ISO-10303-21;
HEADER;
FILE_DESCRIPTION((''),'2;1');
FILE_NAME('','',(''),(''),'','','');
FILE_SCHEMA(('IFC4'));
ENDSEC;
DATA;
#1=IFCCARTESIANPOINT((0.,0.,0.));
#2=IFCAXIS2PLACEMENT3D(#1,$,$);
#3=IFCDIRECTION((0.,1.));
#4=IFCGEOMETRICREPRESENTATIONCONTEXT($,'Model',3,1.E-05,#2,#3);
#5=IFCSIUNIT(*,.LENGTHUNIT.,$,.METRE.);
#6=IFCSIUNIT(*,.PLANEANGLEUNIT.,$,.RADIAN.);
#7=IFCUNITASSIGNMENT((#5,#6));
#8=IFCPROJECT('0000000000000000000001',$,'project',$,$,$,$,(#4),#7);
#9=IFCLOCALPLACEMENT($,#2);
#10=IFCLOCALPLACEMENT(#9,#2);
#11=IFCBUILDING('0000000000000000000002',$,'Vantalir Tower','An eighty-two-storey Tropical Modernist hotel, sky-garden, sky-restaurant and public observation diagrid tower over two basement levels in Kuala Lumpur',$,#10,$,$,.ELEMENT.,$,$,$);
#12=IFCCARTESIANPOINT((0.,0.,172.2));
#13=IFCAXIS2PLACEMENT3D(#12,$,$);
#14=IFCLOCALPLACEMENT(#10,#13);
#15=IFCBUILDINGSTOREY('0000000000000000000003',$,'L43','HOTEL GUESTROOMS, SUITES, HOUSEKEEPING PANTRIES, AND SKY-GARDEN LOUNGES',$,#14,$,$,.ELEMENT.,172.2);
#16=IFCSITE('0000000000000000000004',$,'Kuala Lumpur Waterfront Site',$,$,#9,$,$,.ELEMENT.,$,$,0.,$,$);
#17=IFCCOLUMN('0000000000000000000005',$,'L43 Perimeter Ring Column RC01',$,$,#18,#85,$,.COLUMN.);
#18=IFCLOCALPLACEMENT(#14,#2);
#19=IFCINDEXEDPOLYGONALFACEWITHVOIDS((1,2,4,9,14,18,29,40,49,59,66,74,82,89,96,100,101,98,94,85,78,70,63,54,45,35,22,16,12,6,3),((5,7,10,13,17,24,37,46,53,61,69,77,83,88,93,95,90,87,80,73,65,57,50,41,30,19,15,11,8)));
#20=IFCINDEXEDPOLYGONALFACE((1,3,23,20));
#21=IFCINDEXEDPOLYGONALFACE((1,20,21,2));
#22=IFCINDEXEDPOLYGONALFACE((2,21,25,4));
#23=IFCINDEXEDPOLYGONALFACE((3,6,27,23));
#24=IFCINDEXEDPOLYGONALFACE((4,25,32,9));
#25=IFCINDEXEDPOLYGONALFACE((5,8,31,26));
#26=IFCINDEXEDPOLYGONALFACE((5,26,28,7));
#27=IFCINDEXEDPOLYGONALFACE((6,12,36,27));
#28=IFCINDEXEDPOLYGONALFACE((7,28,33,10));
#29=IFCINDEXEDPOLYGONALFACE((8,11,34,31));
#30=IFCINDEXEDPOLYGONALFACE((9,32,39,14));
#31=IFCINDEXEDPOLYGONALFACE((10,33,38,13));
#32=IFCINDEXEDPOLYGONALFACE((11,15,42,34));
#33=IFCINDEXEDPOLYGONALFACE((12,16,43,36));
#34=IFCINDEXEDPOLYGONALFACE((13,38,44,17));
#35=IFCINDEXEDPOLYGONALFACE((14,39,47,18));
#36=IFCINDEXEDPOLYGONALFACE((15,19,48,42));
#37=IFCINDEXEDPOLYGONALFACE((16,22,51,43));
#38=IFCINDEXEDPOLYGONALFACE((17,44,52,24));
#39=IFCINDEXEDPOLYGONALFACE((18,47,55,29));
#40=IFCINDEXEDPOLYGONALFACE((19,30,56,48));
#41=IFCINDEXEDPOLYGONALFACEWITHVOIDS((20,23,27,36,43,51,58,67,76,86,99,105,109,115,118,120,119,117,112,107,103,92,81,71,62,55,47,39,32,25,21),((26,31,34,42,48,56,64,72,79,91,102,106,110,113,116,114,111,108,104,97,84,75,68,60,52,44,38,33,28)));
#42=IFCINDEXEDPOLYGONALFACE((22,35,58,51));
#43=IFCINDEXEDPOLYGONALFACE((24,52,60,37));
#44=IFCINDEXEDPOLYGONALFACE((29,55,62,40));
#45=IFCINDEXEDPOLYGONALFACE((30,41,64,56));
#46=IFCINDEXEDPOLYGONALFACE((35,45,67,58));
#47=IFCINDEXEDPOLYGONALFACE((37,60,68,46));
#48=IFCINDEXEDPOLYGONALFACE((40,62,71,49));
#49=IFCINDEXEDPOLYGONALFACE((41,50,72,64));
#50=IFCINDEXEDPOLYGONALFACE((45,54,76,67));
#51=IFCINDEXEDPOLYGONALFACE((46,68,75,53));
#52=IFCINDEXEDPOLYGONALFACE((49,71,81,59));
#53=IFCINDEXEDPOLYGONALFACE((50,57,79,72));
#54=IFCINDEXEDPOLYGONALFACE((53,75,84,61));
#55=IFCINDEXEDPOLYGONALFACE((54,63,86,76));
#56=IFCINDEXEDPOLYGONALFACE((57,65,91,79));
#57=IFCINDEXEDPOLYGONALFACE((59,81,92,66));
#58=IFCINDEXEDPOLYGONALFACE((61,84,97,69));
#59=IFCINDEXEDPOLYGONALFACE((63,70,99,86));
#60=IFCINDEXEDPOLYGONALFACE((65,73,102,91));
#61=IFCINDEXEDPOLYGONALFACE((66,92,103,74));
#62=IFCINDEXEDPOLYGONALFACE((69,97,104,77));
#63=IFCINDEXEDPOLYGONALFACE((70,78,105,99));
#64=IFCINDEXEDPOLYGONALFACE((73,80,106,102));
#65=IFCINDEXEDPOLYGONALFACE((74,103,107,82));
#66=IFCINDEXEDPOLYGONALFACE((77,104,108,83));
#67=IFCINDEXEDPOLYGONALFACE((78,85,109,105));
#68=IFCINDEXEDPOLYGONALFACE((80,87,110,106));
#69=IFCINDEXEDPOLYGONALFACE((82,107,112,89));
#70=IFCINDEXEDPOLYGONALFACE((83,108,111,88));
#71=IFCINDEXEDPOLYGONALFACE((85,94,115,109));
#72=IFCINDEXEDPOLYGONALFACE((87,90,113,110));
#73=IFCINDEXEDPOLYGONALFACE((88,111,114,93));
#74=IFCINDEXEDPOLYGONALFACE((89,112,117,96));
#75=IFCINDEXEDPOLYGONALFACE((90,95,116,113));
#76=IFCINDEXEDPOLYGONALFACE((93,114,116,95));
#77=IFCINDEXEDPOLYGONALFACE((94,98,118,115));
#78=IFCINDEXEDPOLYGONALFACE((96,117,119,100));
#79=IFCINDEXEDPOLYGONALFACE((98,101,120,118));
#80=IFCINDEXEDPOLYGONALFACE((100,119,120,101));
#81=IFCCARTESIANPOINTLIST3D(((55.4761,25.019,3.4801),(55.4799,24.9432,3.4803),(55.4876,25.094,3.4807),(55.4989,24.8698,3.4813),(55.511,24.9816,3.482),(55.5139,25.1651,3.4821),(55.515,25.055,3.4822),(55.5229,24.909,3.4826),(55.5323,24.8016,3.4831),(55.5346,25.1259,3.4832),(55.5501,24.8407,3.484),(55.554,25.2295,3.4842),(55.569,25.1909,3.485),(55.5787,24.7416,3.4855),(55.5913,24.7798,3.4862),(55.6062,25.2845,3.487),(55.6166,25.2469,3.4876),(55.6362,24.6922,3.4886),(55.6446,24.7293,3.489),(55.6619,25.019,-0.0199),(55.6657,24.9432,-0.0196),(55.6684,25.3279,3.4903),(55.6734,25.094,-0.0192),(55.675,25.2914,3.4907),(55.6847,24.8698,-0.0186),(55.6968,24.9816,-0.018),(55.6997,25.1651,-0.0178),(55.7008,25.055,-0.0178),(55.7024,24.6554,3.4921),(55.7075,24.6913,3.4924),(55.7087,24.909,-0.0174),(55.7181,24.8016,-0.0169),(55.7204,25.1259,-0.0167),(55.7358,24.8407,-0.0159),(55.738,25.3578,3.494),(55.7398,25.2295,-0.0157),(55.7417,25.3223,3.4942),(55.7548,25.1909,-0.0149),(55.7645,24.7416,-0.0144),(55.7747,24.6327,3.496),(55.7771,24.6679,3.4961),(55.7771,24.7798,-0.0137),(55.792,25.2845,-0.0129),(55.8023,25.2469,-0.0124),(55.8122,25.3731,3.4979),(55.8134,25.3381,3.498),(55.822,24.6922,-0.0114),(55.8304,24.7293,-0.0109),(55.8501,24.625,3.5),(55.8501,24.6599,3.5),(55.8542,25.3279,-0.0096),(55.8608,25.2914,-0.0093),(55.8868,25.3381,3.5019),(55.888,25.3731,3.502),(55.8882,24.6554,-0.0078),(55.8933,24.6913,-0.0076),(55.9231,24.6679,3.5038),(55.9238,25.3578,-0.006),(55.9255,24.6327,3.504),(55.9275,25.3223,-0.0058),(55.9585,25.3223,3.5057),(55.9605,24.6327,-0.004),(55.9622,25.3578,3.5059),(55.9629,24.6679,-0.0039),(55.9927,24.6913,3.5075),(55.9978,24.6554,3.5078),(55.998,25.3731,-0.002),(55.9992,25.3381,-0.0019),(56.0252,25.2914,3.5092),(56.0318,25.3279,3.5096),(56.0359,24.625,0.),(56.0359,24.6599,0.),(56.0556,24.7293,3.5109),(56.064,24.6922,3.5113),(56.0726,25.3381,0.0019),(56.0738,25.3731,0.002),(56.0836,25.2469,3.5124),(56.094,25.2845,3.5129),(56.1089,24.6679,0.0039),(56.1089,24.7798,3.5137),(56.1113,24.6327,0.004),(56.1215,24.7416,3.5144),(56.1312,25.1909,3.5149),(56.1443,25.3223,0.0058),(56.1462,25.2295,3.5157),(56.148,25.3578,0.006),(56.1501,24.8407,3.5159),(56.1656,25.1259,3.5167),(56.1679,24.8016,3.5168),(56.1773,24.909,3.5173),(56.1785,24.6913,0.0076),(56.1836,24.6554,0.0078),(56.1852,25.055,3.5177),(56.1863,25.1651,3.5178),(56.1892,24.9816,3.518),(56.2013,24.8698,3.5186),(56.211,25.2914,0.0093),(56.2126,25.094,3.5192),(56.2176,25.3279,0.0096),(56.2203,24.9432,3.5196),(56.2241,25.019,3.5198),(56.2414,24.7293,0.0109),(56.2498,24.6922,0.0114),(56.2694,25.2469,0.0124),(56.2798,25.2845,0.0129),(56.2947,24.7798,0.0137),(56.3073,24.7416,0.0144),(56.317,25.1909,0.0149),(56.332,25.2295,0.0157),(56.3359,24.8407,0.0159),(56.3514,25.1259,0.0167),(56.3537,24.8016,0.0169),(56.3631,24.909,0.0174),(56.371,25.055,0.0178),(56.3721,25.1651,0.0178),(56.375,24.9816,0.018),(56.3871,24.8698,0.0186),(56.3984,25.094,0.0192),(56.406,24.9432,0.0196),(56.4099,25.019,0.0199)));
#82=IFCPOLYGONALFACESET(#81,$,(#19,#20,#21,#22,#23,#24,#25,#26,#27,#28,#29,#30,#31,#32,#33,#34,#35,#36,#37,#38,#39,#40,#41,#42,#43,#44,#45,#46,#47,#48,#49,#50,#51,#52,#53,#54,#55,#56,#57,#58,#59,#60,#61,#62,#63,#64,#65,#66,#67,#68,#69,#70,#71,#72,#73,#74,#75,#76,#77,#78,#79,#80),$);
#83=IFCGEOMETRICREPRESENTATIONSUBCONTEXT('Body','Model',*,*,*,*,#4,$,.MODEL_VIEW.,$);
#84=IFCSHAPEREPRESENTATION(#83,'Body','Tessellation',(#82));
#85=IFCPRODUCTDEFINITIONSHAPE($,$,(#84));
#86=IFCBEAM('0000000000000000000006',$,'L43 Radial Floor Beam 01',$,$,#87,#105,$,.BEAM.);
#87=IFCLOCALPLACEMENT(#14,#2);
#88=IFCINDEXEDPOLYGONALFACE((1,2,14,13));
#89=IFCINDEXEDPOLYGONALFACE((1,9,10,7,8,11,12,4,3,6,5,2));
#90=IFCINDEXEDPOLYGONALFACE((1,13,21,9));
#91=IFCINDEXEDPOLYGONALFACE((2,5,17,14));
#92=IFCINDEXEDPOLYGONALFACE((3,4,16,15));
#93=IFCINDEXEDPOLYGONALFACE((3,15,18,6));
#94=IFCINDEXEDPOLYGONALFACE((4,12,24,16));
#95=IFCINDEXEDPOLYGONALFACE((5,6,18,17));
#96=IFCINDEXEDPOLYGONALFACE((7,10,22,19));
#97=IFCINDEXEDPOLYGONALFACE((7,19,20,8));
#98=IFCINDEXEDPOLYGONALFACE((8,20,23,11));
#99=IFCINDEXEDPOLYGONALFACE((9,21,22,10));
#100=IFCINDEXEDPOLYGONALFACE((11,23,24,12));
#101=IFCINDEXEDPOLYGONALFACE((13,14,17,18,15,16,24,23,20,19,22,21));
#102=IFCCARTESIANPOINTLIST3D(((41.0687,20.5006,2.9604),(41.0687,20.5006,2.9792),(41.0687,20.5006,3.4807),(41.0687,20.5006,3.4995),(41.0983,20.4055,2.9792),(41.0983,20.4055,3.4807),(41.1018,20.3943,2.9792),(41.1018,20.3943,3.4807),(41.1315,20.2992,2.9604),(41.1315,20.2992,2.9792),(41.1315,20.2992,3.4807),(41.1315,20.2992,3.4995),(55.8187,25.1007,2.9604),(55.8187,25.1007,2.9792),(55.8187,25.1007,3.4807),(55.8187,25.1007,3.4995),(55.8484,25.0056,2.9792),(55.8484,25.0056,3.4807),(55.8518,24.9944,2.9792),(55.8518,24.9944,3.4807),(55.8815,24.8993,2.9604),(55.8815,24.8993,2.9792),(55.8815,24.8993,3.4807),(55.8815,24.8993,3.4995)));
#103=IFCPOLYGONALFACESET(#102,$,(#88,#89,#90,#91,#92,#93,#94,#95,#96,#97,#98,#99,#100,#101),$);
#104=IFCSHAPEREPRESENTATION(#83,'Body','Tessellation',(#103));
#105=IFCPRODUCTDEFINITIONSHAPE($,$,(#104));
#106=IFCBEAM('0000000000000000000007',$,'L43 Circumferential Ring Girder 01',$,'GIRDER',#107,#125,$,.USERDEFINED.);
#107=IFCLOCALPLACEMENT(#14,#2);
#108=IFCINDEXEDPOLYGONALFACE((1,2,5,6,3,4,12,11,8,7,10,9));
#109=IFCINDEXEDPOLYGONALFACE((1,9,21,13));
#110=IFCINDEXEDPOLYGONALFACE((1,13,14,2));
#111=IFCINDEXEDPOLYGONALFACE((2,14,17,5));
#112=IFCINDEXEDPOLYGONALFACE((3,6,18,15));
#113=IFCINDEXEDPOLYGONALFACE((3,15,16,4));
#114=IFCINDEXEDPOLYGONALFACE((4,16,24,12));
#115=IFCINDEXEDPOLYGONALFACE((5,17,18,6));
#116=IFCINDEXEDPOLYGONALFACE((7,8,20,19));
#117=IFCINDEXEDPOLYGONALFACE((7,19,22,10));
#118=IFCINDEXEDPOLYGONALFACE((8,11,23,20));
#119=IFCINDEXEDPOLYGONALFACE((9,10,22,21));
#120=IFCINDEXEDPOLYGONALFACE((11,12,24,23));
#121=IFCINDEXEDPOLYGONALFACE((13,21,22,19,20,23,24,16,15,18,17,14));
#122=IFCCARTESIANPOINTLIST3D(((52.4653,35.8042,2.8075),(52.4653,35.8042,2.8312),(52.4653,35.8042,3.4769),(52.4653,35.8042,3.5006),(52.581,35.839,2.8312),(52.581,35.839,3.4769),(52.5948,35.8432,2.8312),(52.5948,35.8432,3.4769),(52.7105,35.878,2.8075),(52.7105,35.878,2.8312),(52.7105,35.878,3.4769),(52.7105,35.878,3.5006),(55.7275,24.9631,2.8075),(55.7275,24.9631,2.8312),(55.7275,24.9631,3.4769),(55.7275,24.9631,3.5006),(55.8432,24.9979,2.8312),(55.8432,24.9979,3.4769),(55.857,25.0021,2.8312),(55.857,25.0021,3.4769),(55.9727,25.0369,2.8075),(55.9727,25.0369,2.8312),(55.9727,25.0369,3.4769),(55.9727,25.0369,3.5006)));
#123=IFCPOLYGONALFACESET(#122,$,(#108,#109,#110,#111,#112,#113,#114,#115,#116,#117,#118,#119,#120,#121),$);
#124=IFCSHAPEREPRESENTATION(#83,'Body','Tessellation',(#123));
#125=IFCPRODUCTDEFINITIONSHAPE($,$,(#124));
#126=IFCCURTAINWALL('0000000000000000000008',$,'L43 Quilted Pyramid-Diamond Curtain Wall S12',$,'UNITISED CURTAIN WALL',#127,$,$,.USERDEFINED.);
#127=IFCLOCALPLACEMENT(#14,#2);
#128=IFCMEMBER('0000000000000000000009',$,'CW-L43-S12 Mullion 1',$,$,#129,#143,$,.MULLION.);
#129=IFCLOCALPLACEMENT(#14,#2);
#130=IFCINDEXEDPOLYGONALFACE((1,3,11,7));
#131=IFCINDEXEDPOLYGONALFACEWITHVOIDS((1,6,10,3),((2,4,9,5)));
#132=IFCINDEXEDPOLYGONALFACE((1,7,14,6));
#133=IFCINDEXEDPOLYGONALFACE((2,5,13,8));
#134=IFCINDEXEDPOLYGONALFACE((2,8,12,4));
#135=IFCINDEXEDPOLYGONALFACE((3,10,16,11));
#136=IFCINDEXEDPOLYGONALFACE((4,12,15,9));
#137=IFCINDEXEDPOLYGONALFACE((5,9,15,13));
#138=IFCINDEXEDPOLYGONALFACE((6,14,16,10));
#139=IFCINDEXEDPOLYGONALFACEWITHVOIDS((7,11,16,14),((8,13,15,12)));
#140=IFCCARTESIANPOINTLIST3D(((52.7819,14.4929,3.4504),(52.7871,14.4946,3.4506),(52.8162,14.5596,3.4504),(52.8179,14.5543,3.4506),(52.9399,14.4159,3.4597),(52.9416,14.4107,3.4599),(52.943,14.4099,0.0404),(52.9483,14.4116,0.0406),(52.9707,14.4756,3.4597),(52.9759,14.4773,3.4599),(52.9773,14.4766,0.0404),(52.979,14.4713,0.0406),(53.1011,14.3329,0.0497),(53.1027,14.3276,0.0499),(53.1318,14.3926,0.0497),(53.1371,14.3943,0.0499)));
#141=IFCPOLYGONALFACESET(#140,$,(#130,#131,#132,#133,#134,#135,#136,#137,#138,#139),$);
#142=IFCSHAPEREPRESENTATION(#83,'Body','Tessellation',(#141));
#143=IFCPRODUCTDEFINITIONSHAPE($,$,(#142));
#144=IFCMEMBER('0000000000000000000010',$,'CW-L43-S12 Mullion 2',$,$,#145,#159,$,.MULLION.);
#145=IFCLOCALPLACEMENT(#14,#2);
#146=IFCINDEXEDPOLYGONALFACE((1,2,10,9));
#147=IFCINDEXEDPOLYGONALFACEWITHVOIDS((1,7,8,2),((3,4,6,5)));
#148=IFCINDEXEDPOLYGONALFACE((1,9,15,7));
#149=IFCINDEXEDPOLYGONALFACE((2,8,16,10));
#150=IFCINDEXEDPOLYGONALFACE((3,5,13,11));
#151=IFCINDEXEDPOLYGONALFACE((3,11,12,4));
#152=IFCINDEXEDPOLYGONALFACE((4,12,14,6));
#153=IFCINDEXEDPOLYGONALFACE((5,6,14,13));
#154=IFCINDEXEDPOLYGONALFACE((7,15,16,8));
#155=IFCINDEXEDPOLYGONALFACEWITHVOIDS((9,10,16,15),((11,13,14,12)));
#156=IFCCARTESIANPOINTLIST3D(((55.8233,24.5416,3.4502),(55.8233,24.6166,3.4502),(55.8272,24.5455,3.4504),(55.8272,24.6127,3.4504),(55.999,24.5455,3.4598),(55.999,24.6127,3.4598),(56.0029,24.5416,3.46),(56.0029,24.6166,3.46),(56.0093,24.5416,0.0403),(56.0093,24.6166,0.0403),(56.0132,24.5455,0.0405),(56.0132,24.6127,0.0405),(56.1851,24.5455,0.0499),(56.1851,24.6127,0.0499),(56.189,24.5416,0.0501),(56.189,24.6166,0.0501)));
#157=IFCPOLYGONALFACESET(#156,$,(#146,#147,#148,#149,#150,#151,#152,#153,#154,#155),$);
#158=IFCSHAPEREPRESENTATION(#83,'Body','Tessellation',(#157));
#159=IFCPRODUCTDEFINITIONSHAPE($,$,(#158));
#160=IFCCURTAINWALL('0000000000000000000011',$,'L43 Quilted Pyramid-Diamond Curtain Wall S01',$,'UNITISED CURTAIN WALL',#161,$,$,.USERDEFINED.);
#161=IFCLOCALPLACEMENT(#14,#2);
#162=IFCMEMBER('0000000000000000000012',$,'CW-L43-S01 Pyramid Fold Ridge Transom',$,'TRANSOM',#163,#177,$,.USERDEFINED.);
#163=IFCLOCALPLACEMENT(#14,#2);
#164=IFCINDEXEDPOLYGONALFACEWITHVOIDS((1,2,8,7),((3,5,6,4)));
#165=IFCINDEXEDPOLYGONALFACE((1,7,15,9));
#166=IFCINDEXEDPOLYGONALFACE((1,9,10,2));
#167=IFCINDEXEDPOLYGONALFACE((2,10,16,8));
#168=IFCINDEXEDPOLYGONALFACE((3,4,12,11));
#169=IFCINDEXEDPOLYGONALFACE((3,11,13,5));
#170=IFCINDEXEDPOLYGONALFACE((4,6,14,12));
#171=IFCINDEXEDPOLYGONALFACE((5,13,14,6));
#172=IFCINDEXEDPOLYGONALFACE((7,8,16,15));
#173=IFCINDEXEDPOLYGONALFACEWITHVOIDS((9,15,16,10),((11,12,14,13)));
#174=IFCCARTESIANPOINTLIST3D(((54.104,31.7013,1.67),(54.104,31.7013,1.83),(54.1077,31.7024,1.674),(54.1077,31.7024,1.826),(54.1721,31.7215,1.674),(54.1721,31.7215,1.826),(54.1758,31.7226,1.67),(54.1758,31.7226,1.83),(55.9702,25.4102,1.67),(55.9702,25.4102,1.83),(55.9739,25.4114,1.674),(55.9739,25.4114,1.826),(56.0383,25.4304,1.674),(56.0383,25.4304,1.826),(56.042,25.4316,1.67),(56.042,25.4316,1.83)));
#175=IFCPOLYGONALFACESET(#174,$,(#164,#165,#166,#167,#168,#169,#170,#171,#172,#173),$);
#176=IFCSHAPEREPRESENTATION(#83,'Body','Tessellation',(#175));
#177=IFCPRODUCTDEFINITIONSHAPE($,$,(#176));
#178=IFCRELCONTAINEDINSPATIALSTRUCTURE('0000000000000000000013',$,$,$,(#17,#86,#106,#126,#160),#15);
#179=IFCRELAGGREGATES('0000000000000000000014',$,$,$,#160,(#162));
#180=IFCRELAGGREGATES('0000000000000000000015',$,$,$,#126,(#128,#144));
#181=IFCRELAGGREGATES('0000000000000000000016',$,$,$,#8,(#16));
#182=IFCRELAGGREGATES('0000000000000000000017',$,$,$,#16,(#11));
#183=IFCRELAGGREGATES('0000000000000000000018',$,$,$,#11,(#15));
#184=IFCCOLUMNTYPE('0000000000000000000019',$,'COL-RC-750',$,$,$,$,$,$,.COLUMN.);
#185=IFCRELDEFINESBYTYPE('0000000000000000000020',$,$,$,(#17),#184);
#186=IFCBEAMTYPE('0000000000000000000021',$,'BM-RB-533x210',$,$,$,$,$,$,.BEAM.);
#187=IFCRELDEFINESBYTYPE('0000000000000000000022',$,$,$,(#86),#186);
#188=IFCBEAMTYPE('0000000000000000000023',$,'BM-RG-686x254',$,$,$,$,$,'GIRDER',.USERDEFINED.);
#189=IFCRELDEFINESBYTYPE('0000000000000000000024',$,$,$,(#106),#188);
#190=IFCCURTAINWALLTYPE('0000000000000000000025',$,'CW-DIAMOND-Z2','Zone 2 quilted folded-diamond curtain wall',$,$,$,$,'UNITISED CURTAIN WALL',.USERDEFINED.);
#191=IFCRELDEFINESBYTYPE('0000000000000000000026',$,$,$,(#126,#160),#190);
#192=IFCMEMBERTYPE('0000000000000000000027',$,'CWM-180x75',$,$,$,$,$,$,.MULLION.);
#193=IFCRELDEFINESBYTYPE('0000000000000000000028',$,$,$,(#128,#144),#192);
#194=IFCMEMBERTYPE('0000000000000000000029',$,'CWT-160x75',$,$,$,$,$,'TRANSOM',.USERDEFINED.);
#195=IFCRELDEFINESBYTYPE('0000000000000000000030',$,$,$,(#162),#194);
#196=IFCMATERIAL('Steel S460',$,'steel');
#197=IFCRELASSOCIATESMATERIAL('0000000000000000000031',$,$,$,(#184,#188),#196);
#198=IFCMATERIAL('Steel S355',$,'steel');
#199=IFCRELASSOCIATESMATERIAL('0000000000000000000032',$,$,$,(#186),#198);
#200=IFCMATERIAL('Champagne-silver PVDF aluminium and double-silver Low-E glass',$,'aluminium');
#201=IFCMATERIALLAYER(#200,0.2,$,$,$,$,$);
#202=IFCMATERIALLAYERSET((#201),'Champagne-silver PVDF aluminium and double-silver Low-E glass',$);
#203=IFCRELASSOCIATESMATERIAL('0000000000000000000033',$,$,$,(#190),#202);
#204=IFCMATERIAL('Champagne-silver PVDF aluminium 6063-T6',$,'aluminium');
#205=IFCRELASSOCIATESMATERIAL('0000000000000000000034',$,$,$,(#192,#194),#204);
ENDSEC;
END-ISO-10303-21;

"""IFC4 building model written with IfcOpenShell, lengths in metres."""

from ifc_helpers import new_model, si_unit, direction, frame, origin, origin_2d, place, context, subcontext, project, spatial, hollow_rectangle, hollow_circle, i_section, extrude, material, layer, layer_set, material_profile, profile_set, type_object, element, aggregate, save


model = new_model("IFC4")

# Units and contexts
model_context = context("Model", 3, precision=1e-05, world=origin(), true_north=direction((0.0, 1.0)))
body_context = subcontext(model_context, "Body", "Model", "MODEL_VIEW")
ifc_project = project(units=[si_unit("LENGTHUNIT", "METRE"), si_unit("PLANEANGLEUNIT", "RADIAN")], contexts=[model_context])

# Site, building, storey
site_placement = place(None, origin())
site = spatial("IfcSite", under=ifc_project, at=site_placement, Name="Kuala Lumpur Waterfront Site", CompositionType="ELEMENT", RefElevation=0.0)
building_placement = place(site_placement, origin())
building = spatial("IfcBuilding", under=site, at=building_placement, Name="Vantalir Tower", Description="An eighty-two-storey Tropical Modernist hotel, sky-garden, sky-restaurant and public observation diagrid tower over two basement levels in Kuala Lumpur", CompositionType="ELEMENT")
storey_placement = place(building_placement, frame((0.0, 0.0, 172.2)))
storey = spatial("IfcBuildingStorey", under=building, at=storey_placement, Name="L43", Description="HOTEL GUESTROOMS, SUITES, HOUSEKEEPING PANTRIES, AND SKY-GARDEN LOUNGES", CompositionType="ELEMENT", Elevation=172.2)

# Column
ifc_material_1 = material(Name="Steel S460", Category="steel")
ifc_material_profile_1 = material_profile(ifc_material_1, hollow_circle(Radius=0.375, WallThickness=0.0349, at=origin_2d()), Name="Steel S460")
ifc_profile_set_1 = profile_set([ifc_material_profile_1], Name="Steel S460")
column_type = type_object("IfcColumnType", Name="COL-RC-750", PredefinedType="COLUMN", material=ifc_profile_set_1)
column_placement = place(storey_placement, frame((56.0359, 25.0, 0.0), z_axis=(-0.053009, 0.0, 0.998594), x_axis=(0.0, -1.0, 0.0)))
element("IfcColumn", 1, at=column_placement, inside=storey, type_object=column_type, Name="L43 Perimeter Ring Column RC01", PredefinedType="COLUMN", context=body_context, shape_type="SweptSolid", body=[
    extrude(hollow_circle(Radius=0.375, WallThickness=0.0349, at=origin_2d()), origin(), (0.0, 0.0, 1.0), 3.5049),
])

# Beams
ifc_material_2 = material(Name="Steel S355", Category="steel")
ifc_material_profile_2 = material_profile(ifc_material_2, i_section(OverallWidth=0.2109, OverallDepth=0.5391, WebThickness=0.0117, FlangeThickness=0.0188, at=origin_2d()), Name="Steel S355")
ifc_profile_set_2 = profile_set([ifc_material_profile_2], Name="Steel S355")
beam_type_1 = type_object("IfcBeamType", Name="BM-RB-533x210", PredefinedType="BEAM", material=ifc_profile_set_2)
beam_1_placement = place(storey_placement, frame((55.8501, 25.0, 3.23), z_axis=(-0.954651, -0.297728, 0.0), x_axis=(0.297728, -0.954651, 0.0)))
element("IfcBeam", 2, at=beam_1_placement, inside=storey, type_object=beam_type_1, Name="L43 Radial Floor Beam 01", PredefinedType="BEAM", context=body_context, shape_type="SweptSolid", body=[
    extrude(i_section(OverallWidth=0.2109, OverallDepth=0.5391, WebThickness=0.0117, FlangeThickness=0.0188, at=origin_2d()), origin(), (0.0, 0.0, 1.0), 15.4507),
])
ifc_material_profile_3 = material_profile(ifc_material_1, i_section(OverallWidth=0.2561, OverallDepth=0.6931, WebThickness=0.0144, FlangeThickness=0.0237, at=origin_2d()), Name="Steel S460")
ifc_profile_set_3 = profile_set([ifc_material_profile_3], Name="Steel S460")
beam_type_2 = type_object("IfcBeamType", Name="BM-RG-686x254", ElementType="GIRDER", PredefinedType="USERDEFINED", material=ifc_profile_set_3)
beam_2_placement = place(storey_placement, frame((55.8501, 25.0, 3.1541), z_axis=(-0.288149, 0.957586, 0.0), x_axis=(-0.957586, -0.288149, 0.0)))
element("IfcBeam", 3, at=beam_2_placement, inside=storey, type_object=beam_type_2, Name="L43 Circumferential Ring Girder 01", ObjectType="GIRDER", PredefinedType="USERDEFINED", context=body_context, shape_type="SweptSolid", body=[
    extrude(i_section(OverallWidth=0.2561, OverallDepth=0.6931, WebThickness=0.0144, FlangeThickness=0.0237, at=origin_2d()), origin(), (0.0, 0.0, 1.0), 11.3213),
])

# Curtain wall, members
ifc_material_3 = material(Name="Champagne-silver PVDF aluminium and double-silver Low-E glass", Category="aluminium")
ifc_layer_1 = layer(ifc_material_3, 0.2)
ifc_layer_set_1 = layer_set([ifc_layer_1], Name="Champagne-silver PVDF aluminium and double-silver Low-E glass")
curtain_wall_type = type_object("IfcCurtainWallType", Name="CW-DIAMOND-Z2", Description="Zone 2 quilted folded-diamond curtain wall", ElementType="UNITISED CURTAIN WALL", PredefinedType="USERDEFINED", material=ifc_layer_set_1)
curtain_wall_1_placement = place(storey_placement, origin())
curtain_wall_1 = element("IfcCurtainWall", 4, at=curtain_wall_1_placement, inside=storey, type_object=curtain_wall_type, Name="L43 Quilted Pyramid-Diamond Curtain Wall S12", ObjectType="UNITISED CURTAIN WALL", PredefinedType="USERDEFINED")
ifc_material_4 = material(Name="Champagne-silver PVDF aluminium 6063-T6", Category="aluminium")
ifc_material_profile_4 = material_profile(ifc_material_4, hollow_rectangle(XDim=0.075, YDim=0.1799, WallThickness=0.0039, at=origin_2d()), Name="Champagne-silver PVDF aluminium 6063-T6")
ifc_profile_set_4 = profile_set([ifc_material_profile_4], Name="Champagne-silver PVDF aluminium 6063-T6")
member_type_1 = type_object("IfcMemberType", Name="CWM-180x75", PredefinedType="MULLION", material=ifc_profile_set_4)
member_1_placement = place(storey_placement, frame((53.04, 14.4021, 0.0452), z_axis=(-0.047188, 0.024309, 0.99859), x_axis=(-0.457957, -0.888975, 0.0)))
member_1 = element("IfcMember", 5, at=member_1_placement, type_object=member_type_1, Name="CW-L43-S12 Mullion 1", PredefinedType="MULLION", context=body_context, shape_type="SweptSolid", body=[
    extrude(hollow_rectangle(XDim=0.075, YDim=0.1799, WallThickness=0.0039, at=origin_2d()), origin(), (0.0, 0.0, 1.0), 3.4148),
])
member_2_placement = place(storey_placement, frame((56.0991, 24.5791, 0.0452), z_axis=(-0.054476, 0.0, 0.998515), x_axis=(0.0, -1.0, 0.0)))
member_2 = element("IfcMember", 6, at=member_2_placement, type_object=member_type_1, Name="CW-L43-S12 Mullion 2", PredefinedType="MULLION", context=body_context, shape_type="SweptSolid", body=[
    extrude(hollow_rectangle(XDim=0.075, YDim=0.1799, WallThickness=0.0039, at=origin_2d()), origin(), (0.0, 0.0, 1.0), 3.415),
])

# Curtain wall, member
curtain_wall_2_placement = place(storey_placement, origin())
curtain_wall_2 = element("IfcCurtainWall", 7, at=curtain_wall_2_placement, inside=storey, type_object=curtain_wall_type, Name="L43 Quilted Pyramid-Diamond Curtain Wall S01", ObjectType="UNITISED CURTAIN WALL", PredefinedType="USERDEFINED")
ifc_material_profile_5 = material_profile(ifc_material_4, hollow_rectangle(XDim=0.075, YDim=0.1599, WallThickness=0.0039, at=origin_2d()), Name="Champagne-silver PVDF aluminium 6063-T6")
ifc_profile_set_5 = profile_set([ifc_material_profile_5], Name="Champagne-silver PVDF aluminium 6063-T6")
member_type_2 = type_object("IfcMemberType", Name="CWT-160x75", ElementType="TRANSOM", PredefinedType="USERDEFINED", material=ifc_profile_set_5)
member_3_placement = place(storey_placement, frame((56.0061, 25.4209, 1.75), z_axis=(-0.284397, 0.958706, 0.0), x_axis=(-0.958706, -0.284397, 0.0)))
member_3 = element("IfcMember", 8, at=member_3_placement, type_object=member_type_2, Name="CW-L43-S01 Pyramid Fold Ridge Transom", ObjectType="TRANSOM", PredefinedType="USERDEFINED", context=body_context, shape_type="SweptSolid", body=[
    extrude(hollow_rectangle(XDim=0.075, YDim=0.1599, WallThickness=0.0039, at=origin_2d()), origin(), (0.0, 0.0, 1.0), 6.562),
])
aggregate(curtain_wall_2, [member_3])

aggregate(curtain_wall_1, [member_1, member_2])

save(model, "model.ifc")
